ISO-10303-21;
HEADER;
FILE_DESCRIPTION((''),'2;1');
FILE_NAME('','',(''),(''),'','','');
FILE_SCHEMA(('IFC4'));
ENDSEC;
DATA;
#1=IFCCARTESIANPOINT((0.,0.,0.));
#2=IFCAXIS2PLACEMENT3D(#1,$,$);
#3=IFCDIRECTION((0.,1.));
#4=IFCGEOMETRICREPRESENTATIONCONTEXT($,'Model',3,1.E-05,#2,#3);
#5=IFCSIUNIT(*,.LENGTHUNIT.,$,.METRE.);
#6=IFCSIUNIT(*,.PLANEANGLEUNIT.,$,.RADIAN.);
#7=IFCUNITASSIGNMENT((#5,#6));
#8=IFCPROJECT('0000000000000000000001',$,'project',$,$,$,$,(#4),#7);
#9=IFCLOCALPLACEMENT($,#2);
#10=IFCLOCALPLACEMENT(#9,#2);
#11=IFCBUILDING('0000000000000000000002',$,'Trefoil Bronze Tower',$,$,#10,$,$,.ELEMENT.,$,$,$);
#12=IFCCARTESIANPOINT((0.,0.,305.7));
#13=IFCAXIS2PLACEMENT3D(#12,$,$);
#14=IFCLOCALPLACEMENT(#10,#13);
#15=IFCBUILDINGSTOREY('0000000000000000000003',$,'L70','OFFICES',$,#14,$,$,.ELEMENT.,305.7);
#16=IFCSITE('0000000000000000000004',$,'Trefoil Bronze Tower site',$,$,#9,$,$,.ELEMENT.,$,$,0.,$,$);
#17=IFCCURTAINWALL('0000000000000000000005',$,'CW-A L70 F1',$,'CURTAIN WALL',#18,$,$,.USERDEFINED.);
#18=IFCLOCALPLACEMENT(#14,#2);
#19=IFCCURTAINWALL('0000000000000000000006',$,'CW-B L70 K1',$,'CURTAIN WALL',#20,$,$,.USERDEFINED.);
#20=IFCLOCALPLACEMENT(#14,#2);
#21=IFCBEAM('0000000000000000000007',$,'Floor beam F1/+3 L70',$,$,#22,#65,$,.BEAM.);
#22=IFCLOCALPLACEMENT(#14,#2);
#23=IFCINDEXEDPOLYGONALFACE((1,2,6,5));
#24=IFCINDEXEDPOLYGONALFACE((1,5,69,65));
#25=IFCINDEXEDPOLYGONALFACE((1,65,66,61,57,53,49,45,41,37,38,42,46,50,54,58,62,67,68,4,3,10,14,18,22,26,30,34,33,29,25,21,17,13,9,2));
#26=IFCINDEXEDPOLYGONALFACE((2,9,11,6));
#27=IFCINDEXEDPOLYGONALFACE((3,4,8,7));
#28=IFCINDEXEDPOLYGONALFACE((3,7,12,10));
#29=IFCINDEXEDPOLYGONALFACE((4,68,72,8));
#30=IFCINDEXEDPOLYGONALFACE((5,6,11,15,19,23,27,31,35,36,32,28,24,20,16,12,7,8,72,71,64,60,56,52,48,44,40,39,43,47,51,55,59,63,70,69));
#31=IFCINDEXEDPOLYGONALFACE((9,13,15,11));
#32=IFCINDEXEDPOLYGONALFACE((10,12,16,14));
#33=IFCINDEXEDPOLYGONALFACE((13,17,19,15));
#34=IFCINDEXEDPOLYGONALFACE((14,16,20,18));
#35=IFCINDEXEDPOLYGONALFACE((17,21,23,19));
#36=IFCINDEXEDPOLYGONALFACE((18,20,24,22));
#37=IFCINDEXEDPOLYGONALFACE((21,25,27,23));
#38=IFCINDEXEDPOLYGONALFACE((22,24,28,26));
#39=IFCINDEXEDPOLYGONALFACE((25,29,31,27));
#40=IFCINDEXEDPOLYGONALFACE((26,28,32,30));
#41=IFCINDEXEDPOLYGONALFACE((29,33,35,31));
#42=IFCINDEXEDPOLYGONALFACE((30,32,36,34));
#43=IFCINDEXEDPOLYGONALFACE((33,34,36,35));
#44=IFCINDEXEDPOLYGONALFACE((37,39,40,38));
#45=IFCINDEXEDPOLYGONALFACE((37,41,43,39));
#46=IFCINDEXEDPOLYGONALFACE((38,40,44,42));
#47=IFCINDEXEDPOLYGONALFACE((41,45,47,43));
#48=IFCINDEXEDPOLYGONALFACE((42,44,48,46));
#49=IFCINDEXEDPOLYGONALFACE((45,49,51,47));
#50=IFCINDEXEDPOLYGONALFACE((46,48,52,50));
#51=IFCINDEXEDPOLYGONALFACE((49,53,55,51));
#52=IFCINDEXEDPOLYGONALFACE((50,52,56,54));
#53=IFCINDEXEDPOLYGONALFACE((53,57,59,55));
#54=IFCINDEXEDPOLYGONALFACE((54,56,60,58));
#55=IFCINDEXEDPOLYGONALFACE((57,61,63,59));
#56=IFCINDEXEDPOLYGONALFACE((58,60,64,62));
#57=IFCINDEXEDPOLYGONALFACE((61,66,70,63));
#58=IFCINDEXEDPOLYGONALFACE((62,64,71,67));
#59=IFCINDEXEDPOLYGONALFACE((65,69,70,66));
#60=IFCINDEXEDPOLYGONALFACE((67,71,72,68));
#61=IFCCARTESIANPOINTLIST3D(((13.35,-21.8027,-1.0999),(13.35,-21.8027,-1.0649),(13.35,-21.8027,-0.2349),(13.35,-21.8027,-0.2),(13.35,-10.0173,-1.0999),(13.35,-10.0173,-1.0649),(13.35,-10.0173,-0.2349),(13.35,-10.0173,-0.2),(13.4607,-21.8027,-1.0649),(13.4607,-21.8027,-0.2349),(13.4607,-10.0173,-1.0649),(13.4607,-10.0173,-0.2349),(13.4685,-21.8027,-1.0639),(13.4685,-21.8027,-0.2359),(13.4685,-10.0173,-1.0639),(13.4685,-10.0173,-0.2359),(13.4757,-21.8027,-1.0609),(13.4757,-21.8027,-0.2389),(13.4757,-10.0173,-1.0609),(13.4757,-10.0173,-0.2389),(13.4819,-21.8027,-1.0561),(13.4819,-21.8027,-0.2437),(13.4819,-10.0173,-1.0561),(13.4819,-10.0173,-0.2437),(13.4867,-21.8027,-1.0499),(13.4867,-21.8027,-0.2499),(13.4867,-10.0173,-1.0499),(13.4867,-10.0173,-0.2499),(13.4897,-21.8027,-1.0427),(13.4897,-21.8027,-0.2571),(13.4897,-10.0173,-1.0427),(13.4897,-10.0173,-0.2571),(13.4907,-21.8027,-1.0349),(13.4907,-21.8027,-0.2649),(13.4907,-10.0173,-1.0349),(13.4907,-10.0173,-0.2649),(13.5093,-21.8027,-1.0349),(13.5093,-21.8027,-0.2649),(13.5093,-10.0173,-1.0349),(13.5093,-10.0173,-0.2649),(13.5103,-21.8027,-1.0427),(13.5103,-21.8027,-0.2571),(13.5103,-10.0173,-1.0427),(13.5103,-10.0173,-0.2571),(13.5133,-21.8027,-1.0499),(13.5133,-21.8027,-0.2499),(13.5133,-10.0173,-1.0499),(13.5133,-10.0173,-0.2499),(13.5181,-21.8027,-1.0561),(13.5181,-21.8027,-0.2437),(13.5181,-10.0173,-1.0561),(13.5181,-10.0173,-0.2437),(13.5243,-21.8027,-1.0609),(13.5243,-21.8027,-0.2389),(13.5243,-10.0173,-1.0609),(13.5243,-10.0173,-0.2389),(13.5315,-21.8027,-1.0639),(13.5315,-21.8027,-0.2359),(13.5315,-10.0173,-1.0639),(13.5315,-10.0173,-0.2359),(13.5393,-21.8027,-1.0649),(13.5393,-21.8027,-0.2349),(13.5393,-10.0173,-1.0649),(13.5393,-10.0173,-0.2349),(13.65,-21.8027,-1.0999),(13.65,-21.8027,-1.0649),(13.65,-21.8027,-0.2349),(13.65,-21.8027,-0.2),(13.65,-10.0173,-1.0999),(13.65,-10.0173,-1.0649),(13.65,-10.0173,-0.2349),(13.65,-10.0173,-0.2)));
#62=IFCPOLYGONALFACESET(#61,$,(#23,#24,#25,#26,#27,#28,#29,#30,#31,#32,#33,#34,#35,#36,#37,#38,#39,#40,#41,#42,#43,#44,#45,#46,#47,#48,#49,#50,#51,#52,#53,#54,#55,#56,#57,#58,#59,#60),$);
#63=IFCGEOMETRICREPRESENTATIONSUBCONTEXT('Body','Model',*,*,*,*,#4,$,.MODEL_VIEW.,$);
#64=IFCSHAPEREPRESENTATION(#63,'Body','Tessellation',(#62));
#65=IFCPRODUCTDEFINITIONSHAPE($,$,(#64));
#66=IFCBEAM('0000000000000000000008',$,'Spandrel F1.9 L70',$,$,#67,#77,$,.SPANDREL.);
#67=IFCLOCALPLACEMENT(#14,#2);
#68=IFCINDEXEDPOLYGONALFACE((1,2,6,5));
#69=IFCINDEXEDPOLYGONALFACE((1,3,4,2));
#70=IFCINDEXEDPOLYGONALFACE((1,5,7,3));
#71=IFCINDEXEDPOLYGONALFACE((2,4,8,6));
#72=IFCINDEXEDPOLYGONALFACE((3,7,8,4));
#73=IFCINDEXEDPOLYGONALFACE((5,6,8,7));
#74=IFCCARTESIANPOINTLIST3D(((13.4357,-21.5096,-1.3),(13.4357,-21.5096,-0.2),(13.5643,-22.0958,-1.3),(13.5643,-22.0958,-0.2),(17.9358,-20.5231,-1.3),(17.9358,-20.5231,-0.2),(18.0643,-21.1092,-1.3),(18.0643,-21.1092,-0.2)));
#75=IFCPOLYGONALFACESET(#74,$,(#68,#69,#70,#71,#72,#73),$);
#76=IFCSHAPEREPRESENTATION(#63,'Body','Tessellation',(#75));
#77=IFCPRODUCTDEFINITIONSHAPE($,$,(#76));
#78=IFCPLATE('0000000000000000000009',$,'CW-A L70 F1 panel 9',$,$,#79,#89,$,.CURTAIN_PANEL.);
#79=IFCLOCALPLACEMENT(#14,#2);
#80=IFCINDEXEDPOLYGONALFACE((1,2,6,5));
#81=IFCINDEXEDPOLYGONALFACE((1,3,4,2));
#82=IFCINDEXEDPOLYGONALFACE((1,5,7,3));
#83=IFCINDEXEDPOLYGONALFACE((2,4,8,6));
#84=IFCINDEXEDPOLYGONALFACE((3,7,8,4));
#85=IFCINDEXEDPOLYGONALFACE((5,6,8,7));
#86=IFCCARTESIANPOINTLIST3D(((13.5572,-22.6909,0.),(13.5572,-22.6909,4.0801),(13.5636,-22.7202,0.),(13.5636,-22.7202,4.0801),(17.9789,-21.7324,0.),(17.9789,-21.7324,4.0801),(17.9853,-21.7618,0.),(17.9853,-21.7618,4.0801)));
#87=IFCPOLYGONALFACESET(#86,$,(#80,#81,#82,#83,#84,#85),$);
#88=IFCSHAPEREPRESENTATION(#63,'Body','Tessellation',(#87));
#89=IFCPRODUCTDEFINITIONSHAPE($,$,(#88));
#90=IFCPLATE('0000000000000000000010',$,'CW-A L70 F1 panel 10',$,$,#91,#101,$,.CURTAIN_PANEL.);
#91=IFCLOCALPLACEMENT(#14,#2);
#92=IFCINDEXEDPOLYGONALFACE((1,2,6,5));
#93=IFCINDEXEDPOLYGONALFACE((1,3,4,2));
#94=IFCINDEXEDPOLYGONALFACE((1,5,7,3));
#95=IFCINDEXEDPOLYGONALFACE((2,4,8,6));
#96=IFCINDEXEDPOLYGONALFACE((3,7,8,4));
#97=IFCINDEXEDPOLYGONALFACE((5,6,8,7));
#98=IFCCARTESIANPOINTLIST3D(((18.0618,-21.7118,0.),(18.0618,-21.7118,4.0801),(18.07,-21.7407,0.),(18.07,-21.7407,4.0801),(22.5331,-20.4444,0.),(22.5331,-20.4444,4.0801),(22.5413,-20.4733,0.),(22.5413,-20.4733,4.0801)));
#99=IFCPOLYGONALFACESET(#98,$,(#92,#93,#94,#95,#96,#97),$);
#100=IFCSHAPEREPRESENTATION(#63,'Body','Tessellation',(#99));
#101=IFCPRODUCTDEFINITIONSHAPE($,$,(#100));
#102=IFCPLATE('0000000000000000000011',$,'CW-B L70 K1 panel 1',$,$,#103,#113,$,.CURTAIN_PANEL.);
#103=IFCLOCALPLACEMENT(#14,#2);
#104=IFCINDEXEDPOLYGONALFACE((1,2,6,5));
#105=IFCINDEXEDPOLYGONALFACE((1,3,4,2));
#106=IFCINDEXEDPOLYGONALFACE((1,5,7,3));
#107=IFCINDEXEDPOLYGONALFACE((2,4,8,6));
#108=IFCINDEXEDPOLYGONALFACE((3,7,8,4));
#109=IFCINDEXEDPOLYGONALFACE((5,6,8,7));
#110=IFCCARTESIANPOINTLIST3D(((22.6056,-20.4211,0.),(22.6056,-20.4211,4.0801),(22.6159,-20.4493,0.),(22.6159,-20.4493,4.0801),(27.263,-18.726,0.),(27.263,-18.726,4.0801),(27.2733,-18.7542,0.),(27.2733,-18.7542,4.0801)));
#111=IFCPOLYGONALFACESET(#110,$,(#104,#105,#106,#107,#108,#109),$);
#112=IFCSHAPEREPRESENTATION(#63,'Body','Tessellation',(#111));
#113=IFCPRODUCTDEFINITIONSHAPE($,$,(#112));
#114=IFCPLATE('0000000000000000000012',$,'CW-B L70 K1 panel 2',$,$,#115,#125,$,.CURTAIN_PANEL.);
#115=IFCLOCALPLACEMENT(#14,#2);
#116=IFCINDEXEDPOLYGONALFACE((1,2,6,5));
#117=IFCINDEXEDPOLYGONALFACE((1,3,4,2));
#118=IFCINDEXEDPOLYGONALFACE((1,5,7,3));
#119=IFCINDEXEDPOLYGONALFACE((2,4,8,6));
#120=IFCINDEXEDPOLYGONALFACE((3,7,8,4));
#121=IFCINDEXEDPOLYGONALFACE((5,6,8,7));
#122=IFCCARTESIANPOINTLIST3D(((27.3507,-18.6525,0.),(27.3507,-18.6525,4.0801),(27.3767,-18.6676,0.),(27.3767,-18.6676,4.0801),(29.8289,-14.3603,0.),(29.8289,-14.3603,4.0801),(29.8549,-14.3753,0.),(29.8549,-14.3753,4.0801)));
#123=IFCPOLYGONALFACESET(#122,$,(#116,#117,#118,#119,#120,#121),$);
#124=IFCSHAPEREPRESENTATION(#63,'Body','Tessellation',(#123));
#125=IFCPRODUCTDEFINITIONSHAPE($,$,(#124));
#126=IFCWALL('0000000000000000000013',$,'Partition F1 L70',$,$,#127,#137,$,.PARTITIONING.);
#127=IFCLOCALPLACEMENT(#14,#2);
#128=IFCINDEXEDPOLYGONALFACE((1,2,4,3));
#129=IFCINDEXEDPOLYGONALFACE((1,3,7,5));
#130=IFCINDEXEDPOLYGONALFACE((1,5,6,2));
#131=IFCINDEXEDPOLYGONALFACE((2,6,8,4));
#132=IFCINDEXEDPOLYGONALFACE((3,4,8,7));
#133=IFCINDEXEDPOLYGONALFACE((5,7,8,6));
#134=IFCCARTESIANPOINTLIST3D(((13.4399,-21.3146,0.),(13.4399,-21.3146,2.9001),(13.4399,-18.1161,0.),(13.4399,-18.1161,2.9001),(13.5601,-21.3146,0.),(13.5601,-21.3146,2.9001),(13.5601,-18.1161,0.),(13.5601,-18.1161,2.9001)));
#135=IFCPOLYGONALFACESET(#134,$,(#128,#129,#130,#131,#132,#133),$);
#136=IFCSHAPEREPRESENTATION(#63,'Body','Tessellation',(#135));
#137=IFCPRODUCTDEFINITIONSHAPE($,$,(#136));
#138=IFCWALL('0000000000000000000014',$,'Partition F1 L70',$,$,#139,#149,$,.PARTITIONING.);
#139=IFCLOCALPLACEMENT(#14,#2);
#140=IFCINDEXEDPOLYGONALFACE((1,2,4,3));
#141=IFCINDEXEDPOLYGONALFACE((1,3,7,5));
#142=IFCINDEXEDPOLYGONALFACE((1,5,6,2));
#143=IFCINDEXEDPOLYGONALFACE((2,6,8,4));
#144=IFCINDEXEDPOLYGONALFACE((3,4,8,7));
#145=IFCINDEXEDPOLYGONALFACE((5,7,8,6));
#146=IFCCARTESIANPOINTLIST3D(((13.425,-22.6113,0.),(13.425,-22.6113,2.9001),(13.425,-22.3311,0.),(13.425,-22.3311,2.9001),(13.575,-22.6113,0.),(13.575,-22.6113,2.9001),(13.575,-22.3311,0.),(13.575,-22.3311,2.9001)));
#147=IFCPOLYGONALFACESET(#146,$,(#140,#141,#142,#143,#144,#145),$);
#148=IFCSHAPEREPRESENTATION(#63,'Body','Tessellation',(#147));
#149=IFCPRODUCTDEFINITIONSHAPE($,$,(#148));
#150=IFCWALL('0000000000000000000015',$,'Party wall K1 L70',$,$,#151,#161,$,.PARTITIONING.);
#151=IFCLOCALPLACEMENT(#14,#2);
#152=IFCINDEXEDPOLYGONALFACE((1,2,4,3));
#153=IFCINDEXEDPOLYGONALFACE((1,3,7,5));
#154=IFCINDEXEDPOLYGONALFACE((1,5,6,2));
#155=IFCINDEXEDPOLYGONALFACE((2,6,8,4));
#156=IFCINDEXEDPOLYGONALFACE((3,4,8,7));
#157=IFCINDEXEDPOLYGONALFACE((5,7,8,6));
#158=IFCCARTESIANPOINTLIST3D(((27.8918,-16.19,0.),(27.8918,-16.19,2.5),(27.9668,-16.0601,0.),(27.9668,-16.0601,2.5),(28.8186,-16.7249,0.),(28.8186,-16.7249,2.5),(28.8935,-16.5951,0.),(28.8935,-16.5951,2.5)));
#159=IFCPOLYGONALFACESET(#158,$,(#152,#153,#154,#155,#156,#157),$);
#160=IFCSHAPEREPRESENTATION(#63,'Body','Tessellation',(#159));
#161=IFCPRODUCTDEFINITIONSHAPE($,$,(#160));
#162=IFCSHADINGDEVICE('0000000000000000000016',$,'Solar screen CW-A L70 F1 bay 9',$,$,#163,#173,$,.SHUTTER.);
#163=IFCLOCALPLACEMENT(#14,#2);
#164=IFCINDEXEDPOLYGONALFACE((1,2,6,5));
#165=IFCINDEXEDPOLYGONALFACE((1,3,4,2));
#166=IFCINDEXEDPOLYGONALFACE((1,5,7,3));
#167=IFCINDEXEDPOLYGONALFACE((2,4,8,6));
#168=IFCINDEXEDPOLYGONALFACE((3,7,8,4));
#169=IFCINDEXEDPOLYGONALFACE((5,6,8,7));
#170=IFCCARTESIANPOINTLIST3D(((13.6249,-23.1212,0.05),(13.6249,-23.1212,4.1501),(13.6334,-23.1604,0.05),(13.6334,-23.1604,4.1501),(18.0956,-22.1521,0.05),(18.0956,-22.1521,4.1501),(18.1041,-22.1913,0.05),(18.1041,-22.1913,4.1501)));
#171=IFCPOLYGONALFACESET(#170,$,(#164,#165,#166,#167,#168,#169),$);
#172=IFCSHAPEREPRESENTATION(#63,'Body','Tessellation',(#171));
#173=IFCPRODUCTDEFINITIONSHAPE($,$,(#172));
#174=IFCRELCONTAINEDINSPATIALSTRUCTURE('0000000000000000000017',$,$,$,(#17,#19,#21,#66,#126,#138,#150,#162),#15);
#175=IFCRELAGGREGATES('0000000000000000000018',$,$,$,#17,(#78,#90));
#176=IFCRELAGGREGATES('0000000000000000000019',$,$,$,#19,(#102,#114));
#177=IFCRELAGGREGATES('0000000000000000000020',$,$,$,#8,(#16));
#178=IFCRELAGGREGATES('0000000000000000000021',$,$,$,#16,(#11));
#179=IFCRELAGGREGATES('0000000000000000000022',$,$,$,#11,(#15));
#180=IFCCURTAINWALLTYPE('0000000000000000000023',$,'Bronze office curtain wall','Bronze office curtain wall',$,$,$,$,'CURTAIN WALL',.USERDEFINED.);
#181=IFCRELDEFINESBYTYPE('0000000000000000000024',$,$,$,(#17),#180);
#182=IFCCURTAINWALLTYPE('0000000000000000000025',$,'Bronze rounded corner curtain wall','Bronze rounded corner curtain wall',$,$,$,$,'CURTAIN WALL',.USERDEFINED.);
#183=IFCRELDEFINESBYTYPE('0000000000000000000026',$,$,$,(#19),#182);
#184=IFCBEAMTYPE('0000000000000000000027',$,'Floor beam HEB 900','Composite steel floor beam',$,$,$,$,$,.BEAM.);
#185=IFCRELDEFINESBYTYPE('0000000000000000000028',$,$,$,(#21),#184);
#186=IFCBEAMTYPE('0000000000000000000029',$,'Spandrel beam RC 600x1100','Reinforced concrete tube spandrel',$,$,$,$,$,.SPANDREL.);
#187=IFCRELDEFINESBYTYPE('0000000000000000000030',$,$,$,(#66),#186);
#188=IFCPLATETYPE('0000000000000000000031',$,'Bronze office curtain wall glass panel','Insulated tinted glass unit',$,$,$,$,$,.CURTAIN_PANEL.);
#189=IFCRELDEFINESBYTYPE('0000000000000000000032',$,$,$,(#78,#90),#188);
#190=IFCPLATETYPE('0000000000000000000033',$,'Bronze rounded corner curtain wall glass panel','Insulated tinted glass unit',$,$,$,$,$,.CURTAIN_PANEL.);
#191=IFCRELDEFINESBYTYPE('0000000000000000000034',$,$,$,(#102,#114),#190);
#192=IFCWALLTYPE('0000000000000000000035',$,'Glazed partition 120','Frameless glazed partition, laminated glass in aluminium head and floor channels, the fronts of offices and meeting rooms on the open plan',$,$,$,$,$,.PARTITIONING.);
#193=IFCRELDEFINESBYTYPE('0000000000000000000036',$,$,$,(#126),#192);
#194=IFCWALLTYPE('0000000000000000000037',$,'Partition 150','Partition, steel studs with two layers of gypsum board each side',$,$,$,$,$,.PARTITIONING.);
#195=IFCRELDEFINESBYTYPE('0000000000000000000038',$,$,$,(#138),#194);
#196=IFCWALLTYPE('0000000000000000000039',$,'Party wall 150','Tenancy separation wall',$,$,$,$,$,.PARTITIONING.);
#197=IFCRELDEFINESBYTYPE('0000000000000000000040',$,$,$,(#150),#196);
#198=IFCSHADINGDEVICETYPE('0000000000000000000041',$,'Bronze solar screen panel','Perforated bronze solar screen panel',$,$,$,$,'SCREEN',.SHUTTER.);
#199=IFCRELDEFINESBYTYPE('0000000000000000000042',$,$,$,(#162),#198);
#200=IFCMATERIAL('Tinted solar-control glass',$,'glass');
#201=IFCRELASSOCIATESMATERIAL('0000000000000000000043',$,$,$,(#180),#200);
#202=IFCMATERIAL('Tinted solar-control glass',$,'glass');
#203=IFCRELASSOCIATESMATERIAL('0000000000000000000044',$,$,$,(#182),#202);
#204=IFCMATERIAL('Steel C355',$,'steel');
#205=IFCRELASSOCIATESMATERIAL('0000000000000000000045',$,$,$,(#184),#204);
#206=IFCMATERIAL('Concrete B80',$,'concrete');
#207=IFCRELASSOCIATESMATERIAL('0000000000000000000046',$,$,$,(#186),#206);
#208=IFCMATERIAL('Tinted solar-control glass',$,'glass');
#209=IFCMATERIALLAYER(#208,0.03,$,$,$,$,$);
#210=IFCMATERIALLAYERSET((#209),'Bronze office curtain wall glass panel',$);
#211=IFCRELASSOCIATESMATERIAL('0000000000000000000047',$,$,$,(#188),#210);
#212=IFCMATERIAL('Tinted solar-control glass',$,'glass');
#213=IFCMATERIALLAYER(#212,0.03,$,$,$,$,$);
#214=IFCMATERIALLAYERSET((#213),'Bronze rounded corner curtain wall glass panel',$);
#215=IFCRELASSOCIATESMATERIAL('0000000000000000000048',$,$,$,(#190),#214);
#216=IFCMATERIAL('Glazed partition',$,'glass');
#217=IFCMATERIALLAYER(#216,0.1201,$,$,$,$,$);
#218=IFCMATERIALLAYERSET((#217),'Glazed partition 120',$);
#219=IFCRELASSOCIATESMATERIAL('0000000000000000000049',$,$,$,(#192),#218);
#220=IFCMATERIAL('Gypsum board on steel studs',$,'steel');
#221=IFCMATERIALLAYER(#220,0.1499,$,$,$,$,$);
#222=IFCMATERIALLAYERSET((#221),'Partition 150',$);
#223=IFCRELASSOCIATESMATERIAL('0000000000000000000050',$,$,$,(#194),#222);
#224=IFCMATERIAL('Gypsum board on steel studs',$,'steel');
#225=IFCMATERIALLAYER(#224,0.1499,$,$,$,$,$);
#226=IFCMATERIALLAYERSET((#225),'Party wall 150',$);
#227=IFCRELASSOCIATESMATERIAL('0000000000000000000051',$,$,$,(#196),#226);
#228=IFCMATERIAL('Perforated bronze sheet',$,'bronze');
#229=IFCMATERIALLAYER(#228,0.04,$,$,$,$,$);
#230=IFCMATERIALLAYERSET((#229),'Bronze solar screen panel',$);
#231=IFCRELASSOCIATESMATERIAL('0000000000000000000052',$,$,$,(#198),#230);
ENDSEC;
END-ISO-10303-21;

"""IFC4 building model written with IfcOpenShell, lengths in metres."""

from ifc_helpers import new_model, si_unit, direction, frame, frame_2d, origin, origin_2d, place, context, subcontext, project, spatial, rectangle, i_section, extrude, material, layer, layer_set, material_profile, profile_set, type_object, element, aggregate, save


model = new_model("IFC4")

# Units and contexts
model_context = context("Model", 3, precision=1e-05, world=origin(), true_north=direction((0.0, 1.0)))
body_context = subcontext(model_context, "Body", "Model", "MODEL_VIEW")
ifc_project = project(units=[si_unit("LENGTHUNIT", "METRE"), si_unit("PLANEANGLEUNIT", "RADIAN")], contexts=[model_context])

# Site, building, storey
site_placement = place(None, origin())
site = spatial("IfcSite", under=ifc_project, at=site_placement, Name="Trefoil Bronze Tower site", CompositionType="ELEMENT", RefElevation=0.0)
building_placement = place(site_placement, origin())
building = spatial("IfcBuilding", under=site, at=building_placement, Name="Trefoil Bronze Tower", CompositionType="ELEMENT")
storey_placement = place(building_placement, frame((0.0, 0.0, 305.7)))
storey = spatial("IfcBuildingStorey", under=building, at=storey_placement, Name="L70", Description="OFFICES", CompositionType="ELEMENT", Elevation=305.7)

# Curtain walls
ifc_material_1 = material(Name="Tinted solar-control glass", Category="glass")
curtain_wall_type_1 = type_object("IfcCurtainWallType", Name="Bronze office curtain wall", Description="Bronze office curtain wall", ElementType="CURTAIN WALL", PredefinedType="USERDEFINED", material=ifc_material_1)
curtain_wall_1_placement = place(storey_placement, origin())
curtain_wall_1 = element("IfcCurtainWall", 1, at=curtain_wall_1_placement, inside=storey, type_object=curtain_wall_type_1, Name="CW-A L70 F1", ObjectType="CURTAIN WALL", PredefinedType="USERDEFINED")
ifc_material_2 = material(Name="Tinted solar-control glass", Category="glass")
curtain_wall_type_2 = type_object("IfcCurtainWallType", Name="Bronze rounded corner curtain wall", Description="Bronze rounded corner curtain wall", ElementType="CURTAIN WALL", PredefinedType="USERDEFINED", material=ifc_material_2)
curtain_wall_2_placement = place(storey_placement, origin())
curtain_wall_2 = element("IfcCurtainWall", 2, at=curtain_wall_2_placement, inside=storey, type_object=curtain_wall_type_2, Name="CW-B L70 K1", ObjectType="CURTAIN WALL", PredefinedType="USERDEFINED")

# Beams
ifc_material_3 = material(Name="Steel C355", Category="steel")
ifc_material_profile_1 = material_profile(ifc_material_3, i_section(OverallWidth=0.3, OverallDepth=0.8999, WebThickness=0.0186, FlangeThickness=0.0349, FilletRadius=0.03, at=origin_2d()), Name="HEB 900")
ifc_profile_set_1 = profile_set([ifc_material_profile_1], Name="Steel C355")
beam_type_1 = type_object("IfcBeamType", Name="Floor beam HEB 900", Description="Composite steel floor beam", PredefinedType="BEAM", material=ifc_profile_set_1)
beam_1_placement = place(storey_placement, frame((13.5, -21.8027, -0.6499), z_axis=(0.0, 1.0, 0.0), x_axis=(-1.0, 0.0, 0.0)))
element("IfcBeam", 3, at=beam_1_placement, inside=storey, type_object=beam_type_1, Name="Floor beam F1/+3 L70", PredefinedType="BEAM", context=body_context, shape_type="SweptSolid", body=[
    extrude(i_section(OverallWidth=0.3, OverallDepth=0.8999, WebThickness=0.0186, FlangeThickness=0.0349, FilletRadius=0.03, at=origin_2d()), origin(), (0.0, 0.0, 1.0), 11.7854),
])
ifc_material_4 = material(Name="Concrete B80", Category="concrete")
ifc_material_profile_2 = material_profile(ifc_material_4, rectangle(XDim=0.6001, YDim=1.1001, at=origin_2d()), Name="RC 600x1100")
ifc_profile_set_2 = profile_set([ifc_material_profile_2], Name="Concrete B80")
beam_type_2 = type_object("IfcBeamType", Name="Spandrel beam RC 600x1100", Description="Reinforced concrete tube spandrel", PredefinedType="SPANDREL", material=ifc_profile_set_2)
beam_2_placement = place(storey_placement, frame((13.5, -21.8027, -0.75), z_axis=(0.9768, 0.214152, 0.0), x_axis=(-0.214152, 0.9768, 0.0)))
element("IfcBeam", 4, at=beam_2_placement, inside=storey, type_object=beam_type_2, Name="Spandrel F1.9 L70", PredefinedType="SPANDREL", context=body_context, shape_type="SweptSolid", body=[
    extrude(rectangle(XDim=0.6001, YDim=1.1001, at=origin_2d()), origin(), (0.0, 0.0, 1.0), 4.6069),
])

# Plates
ifc_material_5 = material(Name="Tinted solar-control glass", Category="glass")
ifc_layer_1 = layer(ifc_material_5, 0.03)
ifc_layer_set_1 = layer_set([ifc_layer_1], Name="Bronze office curtain wall glass panel")
plate_type_1 = type_object("IfcPlateType", Name="Bronze office curtain wall glass panel", Description="Insulated tinted glass unit", PredefinedType="CURTAIN_PANEL", material=ifc_layer_set_1)
plate_1_placement = place(storey_placement, frame((15.7712, -22.2263, 0.0), z_axis=(0.0, 0.0, 1.0), x_axis=(0.977303, 0.211846, 0.0)))
plate_1 = element("IfcPlate", 5, at=plate_1_placement, type_object=plate_type_1, Name="CW-A L70 F1 panel 9", PredefinedType="CURTAIN_PANEL", context=body_context, shape_type="SweptSolid", body=[
    extrude(rectangle(XDim=4.5244, YDim=0.03, at=origin_2d()), origin(), (0.0, 0.0, 1.0), 4.0801),
])
plate_2_placement = place(storey_placement, frame((20.3015, -21.0925, 0.0), z_axis=(0.0, 0.0, 1.0), x_axis=(0.962098, 0.272705, 0.0)))
plate_2 = element("IfcPlate", 6, at=plate_2_placement, type_object=plate_type_1, Name="CW-A L70 F1 panel 10", PredefinedType="CURTAIN_PANEL", context=body_context, shape_type="SweptSolid", body=[
    extrude(rectangle(XDim=4.6475, YDim=0.03, at=origin_2d()), origin(), (0.0, 0.0, 1.0), 4.0801),
])
aggregate(curtain_wall_1, [plate_1, plate_2])
ifc_material_6 = material(Name="Tinted solar-control glass", Category="glass")
ifc_layer_2 = layer(ifc_material_6, 0.03)
ifc_layer_set_2 = layer_set([ifc_layer_2], Name="Bronze rounded corner curtain wall glass panel")
plate_type_2 = type_object("IfcPlateType", Name="Bronze rounded corner curtain wall glass panel", Description="Insulated tinted glass unit", PredefinedType="CURTAIN_PANEL", material=ifc_layer_set_2)
plate_3_placement = place(storey_placement, frame((24.9395, -19.5876, 0.0), z_axis=(0.0, 0.0, 1.0), x_axis=(0.939693, 0.34202, 0.0)))
plate_3 = element("IfcPlate", 7, at=plate_3_placement, type_object=plate_type_2, Name="CW-B L70 K1 panel 1", PredefinedType="CURTAIN_PANEL", context=body_context, shape_type="SweptSolid", body=[
    extrude(rectangle(XDim=4.9563, YDim=0.03, at=origin_2d()), origin(), (0.0, 0.0, 1.0), 4.0801),
])
plate_4_placement = place(storey_placement, frame((28.6028, -16.5139, 0.0), z_axis=(0.0, 0.0, 1.0), x_axis=(0.5, 0.866025, 0.0)))
plate_4 = element("IfcPlate", 8, at=plate_4_placement, type_object=plate_type_2, Name="CW-B L70 K1 panel 2", PredefinedType="CURTAIN_PANEL", context=body_context, shape_type="SweptSolid", body=[
    extrude(rectangle(XDim=4.9563, YDim=0.03, at=origin_2d()), origin(), (0.0, 0.0, 1.0), 4.0801),
])
aggregate(curtain_wall_2, [plate_3, plate_4])

# Walls
ifc_material_7 = material(Name="Glazed partition", Category="glass")
ifc_layer_3 = layer(ifc_material_7, 0.1201)
ifc_layer_set_3 = layer_set([ifc_layer_3], Name="Glazed partition 120")
wall_type_1 = type_object("IfcWallType", Name="Glazed partition 120", Description="Frameless glazed partition, laminated glass in aluminium head and floor channels, the fronts of offices and meeting rooms on the open plan", PredefinedType="PARTITIONING", material=ifc_layer_set_3)
wall_1_placement = place(storey_placement, frame((13.5, -18.1162, 0.0), z_axis=(0.0, 0.0, 1.0), x_axis=(0.0, -1.0, 0.0)))
element("IfcWall", 9, at=wall_1_placement, inside=storey, type_object=wall_type_1, Name="Partition F1 L70", PredefinedType="PARTITIONING", context=body_context, shape_type="SweptSolid", body=[
    extrude(rectangle(XDim=3.1985, YDim=0.1201, at=frame_2d((1.5991, 0.0))), origin(), (0.0, 0.0, 1.0), 2.9001),
])
ifc_material_8 = material(Name="Gypsum board on steel studs", Category="steel")
ifc_layer_4 = layer(ifc_material_8, 0.1499)
ifc_layer_set_4 = layer_set([ifc_layer_4], Name="Partition 150")
wall_type_2 = type_object("IfcWallType", Name="Partition 150", Description="Partition, steel studs with two layers of gypsum board each side", PredefinedType="PARTITIONING", material=ifc_layer_set_4)
wall_2_placement = place(storey_placement, frame((13.5, -22.3311, 0.0), z_axis=(0.0, 0.0, 1.0), x_axis=(0.0, -1.0, 0.0)))
element("IfcWall", 10, at=wall_2_placement, inside=storey, type_object=wall_type_2, Name="Partition F1 L70", PredefinedType="PARTITIONING", context=body_context, shape_type="SweptSolid", body=[
    extrude(rectangle(XDim=0.2803, YDim=0.1499, at=frame_2d((0.1401, 0.0))), origin(), (0.0, 0.0, 1.0), 2.9001),
])
ifc_material_9 = material(Name="Gypsum board on steel studs", Category="steel")
ifc_layer_5 = layer(ifc_material_9, 0.1499)
ifc_layer_set_5 = layer_set([ifc_layer_5], Name="Party wall 150")
wall_type_3 = type_object("IfcWallType", Name="Party wall 150", Description="Tenancy separation wall", PredefinedType="PARTITIONING", material=ifc_layer_set_5)
wall_3_placement = place(storey_placement, frame((27.9292, -16.125, 0.0), z_axis=(0.0, 0.0, 1.0), x_axis=(0.866087, -0.499894, 0.0)))
element("IfcWall", 11, at=wall_3_placement, inside=storey, type_object=wall_type_3, Name="Party wall K1 L70", PredefinedType="PARTITIONING", context=body_context, shape_type="SweptSolid", body=[
    extrude(rectangle(XDim=1.0701, YDim=0.1499, at=frame_2d((0.5352, 0.0))), origin(), (0.0, 0.0, 1.0), 2.5),
])

# Shading device
ifc_material_10 = material(Name="Perforated bronze sheet", Category="bronze")
ifc_layer_6 = layer(ifc_material_10, 0.04)
ifc_layer_set_6 = layer_set([ifc_layer_6], Name="Bronze solar screen panel")
shading_device_type = type_object("IfcShadingDeviceType", Name="Bronze solar screen panel", Description="Perforated bronze solar screen panel", ElementType="SCREEN", PredefinedType="SHUTTER", material=ifc_layer_set_6)
shading_device_1_placement = place(storey_placement, frame((15.8645, -22.6562, 0.05), z_axis=(0.0, 0.0, 1.0), x_axis=(0.977303, 0.211846, 0.0)))
element("IfcShadingDevice", 12, at=shading_device_1_placement, inside=storey, type_object=shading_device_type, Name="Solar screen CW-A L70 F1 bay 9", PredefinedType="SHUTTER", context=body_context, shape_type="SweptSolid", body=[
    extrude(rectangle(XDim=4.5745, YDim=0.04, at=origin_2d()), origin(), (0.0, 0.0, 1.0), 4.1001),
])

save(model, "model.ifc")
